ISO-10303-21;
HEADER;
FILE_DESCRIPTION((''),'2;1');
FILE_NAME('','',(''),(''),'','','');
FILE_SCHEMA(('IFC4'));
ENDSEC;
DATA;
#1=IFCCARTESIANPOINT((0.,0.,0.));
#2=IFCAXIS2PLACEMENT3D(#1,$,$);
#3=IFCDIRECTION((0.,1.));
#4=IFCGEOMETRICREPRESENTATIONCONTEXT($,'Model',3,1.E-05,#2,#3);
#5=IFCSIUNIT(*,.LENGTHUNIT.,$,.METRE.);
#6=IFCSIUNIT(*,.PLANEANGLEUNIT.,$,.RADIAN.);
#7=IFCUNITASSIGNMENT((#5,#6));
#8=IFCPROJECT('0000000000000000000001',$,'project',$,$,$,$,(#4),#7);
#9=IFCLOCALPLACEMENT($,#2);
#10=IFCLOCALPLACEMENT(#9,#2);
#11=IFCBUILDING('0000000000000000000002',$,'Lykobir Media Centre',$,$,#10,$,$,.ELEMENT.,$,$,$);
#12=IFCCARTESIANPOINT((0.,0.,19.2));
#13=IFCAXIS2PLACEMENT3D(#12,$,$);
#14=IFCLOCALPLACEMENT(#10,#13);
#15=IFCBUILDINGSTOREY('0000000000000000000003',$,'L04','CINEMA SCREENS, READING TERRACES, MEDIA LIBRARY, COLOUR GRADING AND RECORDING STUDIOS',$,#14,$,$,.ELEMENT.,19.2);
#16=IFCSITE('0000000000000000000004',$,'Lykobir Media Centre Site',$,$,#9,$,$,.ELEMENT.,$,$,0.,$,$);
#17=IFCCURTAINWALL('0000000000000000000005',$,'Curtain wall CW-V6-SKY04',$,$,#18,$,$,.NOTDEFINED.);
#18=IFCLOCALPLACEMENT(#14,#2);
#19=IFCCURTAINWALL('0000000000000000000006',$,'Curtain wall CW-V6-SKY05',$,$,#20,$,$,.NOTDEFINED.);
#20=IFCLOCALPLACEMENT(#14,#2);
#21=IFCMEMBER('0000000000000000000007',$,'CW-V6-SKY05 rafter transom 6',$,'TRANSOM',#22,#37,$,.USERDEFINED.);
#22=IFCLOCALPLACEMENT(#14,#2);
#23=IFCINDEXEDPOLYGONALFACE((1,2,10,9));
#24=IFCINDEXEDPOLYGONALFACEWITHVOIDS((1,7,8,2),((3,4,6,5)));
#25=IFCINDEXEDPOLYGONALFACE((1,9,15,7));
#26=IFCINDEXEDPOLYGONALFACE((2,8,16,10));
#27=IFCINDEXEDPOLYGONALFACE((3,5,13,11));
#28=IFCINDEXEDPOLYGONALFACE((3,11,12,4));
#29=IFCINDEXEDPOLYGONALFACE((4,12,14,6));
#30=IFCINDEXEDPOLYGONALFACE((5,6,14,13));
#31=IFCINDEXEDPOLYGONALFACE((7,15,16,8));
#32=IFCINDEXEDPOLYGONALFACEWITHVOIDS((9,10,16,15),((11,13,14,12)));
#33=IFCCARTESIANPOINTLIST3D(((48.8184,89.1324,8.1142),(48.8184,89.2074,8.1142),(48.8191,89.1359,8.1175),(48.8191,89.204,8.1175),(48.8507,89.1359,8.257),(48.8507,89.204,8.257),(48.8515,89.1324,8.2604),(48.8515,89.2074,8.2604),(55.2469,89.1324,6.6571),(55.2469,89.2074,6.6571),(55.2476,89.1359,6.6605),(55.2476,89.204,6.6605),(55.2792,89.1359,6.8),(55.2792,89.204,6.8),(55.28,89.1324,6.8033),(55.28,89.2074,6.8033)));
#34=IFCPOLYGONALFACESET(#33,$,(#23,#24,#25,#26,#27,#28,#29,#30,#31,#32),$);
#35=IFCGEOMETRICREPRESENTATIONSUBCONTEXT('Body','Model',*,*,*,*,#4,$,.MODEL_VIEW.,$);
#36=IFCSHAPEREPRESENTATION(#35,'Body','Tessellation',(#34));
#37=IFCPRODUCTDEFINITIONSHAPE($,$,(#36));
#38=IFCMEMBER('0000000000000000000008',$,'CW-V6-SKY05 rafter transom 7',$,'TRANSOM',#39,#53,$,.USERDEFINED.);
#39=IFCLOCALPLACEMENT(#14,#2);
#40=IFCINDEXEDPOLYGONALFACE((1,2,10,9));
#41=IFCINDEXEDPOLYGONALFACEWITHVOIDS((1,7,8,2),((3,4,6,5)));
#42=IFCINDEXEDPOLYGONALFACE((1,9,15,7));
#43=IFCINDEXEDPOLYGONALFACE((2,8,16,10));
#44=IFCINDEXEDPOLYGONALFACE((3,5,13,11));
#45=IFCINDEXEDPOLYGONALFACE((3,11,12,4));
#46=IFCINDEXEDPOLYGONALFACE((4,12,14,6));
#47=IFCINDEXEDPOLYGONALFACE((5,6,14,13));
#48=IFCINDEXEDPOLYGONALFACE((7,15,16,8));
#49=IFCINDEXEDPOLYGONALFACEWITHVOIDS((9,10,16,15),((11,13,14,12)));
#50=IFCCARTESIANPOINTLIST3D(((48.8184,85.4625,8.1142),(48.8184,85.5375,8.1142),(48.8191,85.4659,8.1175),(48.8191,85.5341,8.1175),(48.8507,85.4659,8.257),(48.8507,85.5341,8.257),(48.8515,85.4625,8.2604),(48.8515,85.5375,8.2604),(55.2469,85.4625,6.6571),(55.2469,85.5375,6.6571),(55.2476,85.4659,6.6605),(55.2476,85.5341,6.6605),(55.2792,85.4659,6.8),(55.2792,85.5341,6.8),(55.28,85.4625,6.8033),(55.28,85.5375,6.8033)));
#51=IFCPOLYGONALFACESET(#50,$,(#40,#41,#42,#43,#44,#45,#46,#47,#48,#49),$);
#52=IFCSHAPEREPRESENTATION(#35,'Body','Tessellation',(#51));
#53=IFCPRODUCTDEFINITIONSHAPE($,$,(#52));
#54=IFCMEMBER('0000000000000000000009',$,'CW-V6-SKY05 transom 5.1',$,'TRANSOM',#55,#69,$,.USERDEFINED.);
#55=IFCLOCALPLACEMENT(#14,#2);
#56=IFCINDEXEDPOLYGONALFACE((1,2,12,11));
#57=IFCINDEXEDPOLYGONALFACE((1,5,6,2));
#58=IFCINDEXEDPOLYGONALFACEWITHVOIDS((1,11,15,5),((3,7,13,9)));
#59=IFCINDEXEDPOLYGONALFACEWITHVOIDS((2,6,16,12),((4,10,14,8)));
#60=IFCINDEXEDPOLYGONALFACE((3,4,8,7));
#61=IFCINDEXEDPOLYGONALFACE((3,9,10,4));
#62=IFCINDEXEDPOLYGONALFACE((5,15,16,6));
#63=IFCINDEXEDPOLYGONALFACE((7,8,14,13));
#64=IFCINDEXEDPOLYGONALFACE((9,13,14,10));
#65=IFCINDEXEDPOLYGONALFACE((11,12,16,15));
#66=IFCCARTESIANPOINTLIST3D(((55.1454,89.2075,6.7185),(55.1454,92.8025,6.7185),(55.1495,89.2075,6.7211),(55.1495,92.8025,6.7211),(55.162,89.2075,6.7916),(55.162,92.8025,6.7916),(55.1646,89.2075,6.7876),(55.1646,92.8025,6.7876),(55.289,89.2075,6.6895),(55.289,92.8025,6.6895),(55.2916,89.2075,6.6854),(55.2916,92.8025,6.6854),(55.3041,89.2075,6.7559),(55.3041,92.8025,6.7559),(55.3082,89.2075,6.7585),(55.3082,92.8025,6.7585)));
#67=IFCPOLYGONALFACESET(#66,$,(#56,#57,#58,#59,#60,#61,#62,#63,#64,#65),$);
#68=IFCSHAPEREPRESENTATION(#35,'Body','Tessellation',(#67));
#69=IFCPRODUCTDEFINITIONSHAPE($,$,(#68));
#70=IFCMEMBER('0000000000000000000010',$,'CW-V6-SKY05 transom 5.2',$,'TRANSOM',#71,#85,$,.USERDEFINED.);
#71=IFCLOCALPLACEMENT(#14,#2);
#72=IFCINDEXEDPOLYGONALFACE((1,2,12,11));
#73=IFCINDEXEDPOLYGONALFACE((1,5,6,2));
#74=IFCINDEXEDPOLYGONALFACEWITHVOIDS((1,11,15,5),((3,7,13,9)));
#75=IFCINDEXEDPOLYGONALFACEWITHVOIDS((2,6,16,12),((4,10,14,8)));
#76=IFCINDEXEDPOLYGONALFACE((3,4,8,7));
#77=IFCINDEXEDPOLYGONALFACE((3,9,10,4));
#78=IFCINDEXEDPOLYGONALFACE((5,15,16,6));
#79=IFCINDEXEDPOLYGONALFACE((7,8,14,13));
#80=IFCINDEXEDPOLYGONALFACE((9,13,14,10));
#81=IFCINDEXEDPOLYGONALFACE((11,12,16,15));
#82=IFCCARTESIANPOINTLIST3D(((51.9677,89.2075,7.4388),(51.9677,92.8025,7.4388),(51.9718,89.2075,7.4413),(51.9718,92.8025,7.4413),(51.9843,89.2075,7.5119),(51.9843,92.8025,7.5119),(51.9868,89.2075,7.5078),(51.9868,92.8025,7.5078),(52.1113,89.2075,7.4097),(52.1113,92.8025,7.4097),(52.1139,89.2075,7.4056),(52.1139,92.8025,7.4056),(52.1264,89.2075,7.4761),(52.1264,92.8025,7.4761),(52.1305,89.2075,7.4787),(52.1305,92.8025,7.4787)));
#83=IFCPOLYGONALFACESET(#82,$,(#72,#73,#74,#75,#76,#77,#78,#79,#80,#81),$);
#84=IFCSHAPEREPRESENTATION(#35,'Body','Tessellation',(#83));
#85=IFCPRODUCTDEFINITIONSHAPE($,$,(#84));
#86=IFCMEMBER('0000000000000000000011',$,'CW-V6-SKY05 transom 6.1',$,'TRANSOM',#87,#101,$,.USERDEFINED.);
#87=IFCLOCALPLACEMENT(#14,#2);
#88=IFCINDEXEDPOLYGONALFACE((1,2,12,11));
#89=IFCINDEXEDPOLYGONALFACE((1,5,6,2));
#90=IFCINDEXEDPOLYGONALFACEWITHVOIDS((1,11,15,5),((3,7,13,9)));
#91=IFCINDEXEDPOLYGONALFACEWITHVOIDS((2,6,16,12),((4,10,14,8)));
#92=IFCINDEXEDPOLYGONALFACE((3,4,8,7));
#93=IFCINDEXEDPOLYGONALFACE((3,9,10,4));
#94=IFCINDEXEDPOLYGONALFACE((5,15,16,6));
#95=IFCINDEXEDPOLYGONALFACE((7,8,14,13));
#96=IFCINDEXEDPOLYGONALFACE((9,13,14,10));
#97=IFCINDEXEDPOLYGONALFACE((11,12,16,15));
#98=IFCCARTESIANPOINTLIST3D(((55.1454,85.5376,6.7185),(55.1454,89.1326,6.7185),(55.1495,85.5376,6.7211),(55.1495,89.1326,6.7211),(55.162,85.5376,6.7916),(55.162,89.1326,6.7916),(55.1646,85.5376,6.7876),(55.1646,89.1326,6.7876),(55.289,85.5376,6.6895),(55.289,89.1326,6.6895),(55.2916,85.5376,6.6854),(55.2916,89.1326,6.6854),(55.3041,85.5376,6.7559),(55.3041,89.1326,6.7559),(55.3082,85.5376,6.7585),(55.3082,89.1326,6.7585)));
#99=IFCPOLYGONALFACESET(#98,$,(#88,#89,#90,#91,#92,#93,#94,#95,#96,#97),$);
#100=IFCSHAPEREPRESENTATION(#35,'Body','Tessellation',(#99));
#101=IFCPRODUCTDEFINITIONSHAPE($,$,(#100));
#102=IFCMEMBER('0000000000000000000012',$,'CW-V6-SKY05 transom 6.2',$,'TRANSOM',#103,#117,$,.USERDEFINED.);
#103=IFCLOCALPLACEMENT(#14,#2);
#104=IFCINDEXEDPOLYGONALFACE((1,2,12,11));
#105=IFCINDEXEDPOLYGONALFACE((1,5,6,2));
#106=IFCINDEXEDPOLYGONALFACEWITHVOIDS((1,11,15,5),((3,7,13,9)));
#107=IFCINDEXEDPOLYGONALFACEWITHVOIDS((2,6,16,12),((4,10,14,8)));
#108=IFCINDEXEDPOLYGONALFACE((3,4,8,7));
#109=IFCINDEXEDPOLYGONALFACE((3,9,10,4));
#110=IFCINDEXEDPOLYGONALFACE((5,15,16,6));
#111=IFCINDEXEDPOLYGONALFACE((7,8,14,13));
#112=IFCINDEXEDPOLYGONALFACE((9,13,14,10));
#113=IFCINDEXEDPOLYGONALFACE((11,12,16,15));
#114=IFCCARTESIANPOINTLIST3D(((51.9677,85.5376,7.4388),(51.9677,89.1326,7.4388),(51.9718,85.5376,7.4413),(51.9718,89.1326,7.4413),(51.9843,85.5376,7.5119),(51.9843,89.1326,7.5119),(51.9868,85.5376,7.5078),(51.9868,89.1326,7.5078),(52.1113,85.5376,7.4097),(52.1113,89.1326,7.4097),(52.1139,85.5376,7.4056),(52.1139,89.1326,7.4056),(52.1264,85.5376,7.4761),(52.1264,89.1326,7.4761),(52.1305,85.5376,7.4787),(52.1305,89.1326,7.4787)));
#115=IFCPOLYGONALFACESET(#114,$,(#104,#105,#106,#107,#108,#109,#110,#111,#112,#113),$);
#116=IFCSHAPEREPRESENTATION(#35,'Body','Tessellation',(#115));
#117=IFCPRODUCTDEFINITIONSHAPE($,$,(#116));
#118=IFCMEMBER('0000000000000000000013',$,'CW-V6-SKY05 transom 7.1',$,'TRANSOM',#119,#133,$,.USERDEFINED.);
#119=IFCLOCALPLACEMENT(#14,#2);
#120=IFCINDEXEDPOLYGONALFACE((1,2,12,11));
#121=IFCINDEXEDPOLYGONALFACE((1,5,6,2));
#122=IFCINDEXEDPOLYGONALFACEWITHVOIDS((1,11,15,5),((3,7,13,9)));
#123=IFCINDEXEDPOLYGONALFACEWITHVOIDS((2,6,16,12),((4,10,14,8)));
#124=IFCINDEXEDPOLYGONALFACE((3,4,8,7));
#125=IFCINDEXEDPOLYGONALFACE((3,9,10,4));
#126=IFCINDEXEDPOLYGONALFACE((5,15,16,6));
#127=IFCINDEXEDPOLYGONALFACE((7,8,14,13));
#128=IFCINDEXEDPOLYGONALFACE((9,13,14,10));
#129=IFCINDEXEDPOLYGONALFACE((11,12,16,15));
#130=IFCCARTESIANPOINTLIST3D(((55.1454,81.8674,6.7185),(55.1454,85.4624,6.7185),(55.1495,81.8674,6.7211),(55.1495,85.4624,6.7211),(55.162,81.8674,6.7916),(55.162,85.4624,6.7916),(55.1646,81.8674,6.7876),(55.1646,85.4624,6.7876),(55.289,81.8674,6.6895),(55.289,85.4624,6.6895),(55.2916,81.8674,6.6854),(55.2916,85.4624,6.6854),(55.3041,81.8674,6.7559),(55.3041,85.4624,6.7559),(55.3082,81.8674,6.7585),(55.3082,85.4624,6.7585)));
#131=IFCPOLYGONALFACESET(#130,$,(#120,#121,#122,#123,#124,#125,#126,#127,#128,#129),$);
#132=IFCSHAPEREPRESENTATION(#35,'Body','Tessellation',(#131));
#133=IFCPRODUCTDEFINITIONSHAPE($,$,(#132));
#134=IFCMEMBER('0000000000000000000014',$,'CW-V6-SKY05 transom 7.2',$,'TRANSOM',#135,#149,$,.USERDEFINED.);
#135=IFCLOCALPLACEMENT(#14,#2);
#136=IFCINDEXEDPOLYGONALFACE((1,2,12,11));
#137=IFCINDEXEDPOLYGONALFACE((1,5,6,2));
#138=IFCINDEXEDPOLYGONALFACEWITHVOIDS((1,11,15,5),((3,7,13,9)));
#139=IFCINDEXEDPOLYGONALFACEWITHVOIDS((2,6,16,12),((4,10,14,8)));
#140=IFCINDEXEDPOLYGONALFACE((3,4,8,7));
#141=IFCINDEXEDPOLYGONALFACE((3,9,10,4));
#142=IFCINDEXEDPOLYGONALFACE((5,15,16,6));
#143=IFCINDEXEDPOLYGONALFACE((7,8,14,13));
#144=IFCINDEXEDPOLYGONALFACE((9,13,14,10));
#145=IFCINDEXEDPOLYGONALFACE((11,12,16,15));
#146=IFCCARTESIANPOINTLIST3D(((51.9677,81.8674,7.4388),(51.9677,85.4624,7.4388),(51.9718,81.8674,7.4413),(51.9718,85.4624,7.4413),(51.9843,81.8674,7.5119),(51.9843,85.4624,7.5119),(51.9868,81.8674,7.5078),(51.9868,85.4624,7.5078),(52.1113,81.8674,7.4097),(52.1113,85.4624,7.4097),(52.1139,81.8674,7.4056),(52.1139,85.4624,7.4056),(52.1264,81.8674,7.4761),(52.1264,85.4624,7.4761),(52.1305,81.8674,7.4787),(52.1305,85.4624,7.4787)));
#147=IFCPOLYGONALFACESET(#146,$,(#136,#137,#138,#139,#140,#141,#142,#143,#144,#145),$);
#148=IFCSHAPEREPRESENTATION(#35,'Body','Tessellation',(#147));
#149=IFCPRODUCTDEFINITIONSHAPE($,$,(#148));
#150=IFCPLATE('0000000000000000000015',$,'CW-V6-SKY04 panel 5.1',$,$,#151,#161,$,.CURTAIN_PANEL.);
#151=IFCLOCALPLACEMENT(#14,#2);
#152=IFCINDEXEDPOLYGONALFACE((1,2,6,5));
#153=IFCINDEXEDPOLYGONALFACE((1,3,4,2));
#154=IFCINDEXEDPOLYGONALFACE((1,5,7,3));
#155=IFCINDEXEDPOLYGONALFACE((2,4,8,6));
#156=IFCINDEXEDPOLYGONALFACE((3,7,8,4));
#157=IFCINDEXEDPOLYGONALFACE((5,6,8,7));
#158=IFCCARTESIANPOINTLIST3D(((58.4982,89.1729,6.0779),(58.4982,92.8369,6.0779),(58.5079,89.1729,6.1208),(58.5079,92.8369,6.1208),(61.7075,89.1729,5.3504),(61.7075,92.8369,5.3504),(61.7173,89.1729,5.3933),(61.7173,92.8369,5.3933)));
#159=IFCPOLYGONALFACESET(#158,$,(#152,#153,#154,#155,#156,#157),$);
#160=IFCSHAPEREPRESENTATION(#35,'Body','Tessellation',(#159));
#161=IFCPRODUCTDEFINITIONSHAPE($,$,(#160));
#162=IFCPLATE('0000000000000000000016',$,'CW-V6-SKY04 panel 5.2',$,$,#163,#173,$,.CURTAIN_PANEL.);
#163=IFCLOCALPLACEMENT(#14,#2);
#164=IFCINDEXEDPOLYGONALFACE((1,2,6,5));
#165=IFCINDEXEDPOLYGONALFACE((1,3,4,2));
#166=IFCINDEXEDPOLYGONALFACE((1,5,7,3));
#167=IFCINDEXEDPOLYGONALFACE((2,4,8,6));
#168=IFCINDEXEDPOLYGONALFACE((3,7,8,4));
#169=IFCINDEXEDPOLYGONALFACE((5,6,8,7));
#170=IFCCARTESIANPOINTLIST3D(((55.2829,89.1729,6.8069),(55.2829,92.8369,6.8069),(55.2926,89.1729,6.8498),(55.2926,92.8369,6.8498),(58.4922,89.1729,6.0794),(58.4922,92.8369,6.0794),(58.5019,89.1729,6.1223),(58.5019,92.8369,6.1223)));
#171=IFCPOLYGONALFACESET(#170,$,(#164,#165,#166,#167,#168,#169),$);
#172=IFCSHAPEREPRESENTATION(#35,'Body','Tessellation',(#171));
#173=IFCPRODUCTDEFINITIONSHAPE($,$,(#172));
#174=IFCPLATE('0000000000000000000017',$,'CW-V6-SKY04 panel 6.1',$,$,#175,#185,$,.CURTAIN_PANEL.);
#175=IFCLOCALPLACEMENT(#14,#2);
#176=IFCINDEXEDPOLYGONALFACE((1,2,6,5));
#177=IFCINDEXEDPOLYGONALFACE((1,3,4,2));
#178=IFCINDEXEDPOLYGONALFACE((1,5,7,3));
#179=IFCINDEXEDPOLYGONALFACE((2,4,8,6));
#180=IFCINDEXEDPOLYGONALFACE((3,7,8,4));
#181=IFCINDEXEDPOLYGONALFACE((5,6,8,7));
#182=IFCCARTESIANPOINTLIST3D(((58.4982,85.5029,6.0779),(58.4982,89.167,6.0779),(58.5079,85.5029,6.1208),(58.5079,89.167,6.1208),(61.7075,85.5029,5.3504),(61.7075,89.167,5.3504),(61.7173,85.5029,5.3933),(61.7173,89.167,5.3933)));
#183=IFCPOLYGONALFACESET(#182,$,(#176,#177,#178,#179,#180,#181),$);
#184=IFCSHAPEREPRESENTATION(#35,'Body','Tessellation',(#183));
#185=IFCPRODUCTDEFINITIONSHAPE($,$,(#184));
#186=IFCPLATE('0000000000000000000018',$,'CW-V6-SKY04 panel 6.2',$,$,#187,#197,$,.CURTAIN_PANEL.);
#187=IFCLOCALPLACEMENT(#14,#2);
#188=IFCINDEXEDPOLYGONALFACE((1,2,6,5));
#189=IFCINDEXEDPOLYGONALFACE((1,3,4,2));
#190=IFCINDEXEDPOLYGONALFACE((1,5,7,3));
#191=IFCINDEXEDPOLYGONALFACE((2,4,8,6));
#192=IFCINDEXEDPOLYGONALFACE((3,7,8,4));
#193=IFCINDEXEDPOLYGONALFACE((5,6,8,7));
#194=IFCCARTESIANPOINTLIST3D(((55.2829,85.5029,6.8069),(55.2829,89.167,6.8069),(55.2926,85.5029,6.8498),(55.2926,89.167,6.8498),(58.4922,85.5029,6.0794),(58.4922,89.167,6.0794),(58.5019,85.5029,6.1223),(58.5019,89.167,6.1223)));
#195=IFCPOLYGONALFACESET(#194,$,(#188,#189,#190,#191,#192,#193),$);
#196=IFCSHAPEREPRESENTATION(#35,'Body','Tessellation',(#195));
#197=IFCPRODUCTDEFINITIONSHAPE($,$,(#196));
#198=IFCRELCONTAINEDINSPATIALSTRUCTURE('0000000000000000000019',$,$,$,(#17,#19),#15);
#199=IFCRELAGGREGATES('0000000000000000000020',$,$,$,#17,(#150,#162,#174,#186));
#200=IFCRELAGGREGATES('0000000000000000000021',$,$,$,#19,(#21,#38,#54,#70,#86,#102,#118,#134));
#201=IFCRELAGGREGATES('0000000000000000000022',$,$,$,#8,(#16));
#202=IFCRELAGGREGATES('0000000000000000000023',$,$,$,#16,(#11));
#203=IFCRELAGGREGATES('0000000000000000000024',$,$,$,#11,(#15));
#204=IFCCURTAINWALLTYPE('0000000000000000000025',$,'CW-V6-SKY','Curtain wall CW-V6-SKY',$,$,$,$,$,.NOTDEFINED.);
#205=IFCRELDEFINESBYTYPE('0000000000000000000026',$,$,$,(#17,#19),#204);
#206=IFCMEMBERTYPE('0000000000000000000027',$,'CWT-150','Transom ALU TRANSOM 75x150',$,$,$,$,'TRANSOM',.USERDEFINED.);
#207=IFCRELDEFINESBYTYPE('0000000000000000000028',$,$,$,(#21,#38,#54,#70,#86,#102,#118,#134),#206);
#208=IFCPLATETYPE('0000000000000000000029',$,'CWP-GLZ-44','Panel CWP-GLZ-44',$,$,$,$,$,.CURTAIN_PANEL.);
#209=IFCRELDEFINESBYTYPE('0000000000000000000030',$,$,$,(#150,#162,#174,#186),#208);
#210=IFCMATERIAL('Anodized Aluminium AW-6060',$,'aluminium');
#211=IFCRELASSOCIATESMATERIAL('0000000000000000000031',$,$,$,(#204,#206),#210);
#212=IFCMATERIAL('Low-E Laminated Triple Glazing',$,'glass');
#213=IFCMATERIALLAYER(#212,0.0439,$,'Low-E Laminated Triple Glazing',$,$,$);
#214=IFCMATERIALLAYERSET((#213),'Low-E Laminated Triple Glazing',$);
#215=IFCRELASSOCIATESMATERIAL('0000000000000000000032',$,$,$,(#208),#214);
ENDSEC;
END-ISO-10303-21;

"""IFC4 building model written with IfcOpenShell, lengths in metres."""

from ifc_helpers import new_model, si_unit, direction, frame, origin, origin_2d, place, context, subcontext, project, spatial, rectangle, hollow_rectangle, extrude, material, layer, layer_set, material_profile, profile_set, type_object, element, aggregate, save


model = new_model("IFC4")

# Units and contexts
model_context = context("Model", 3, precision=1e-05, world=origin(), true_north=direction((0.0, 1.0)))
body_context = subcontext(model_context, "Body", "Model", "MODEL_VIEW")
ifc_project = project(units=[si_unit("LENGTHUNIT", "METRE"), si_unit("PLANEANGLEUNIT", "RADIAN")], contexts=[model_context])

# Site, building, storey
site_placement = place(None, origin())
site = spatial("IfcSite", under=ifc_project, at=site_placement, Name="Lykobir Media Centre Site", CompositionType="ELEMENT", RefElevation=0.0)
building_placement = place(site_placement, origin())
building = spatial("IfcBuilding", under=site, at=building_placement, Name="Lykobir Media Centre", CompositionType="ELEMENT")
storey_placement = place(building_placement, frame((0.0, 0.0, 19.2)))
storey = spatial("IfcBuildingStorey", under=building, at=storey_placement, Name="L04", Description="CINEMA SCREENS, READING TERRACES, MEDIA LIBRARY, COLOUR GRADING AND RECORDING STUDIOS", CompositionType="ELEMENT", Elevation=19.2)

# Curtain walls, members
ifc_material_1 = material(Name="Anodized Aluminium AW-6060", Category="aluminium")
curtain_wall_type = type_object("IfcCurtainWallType", Name="CW-V6-SKY", Description="Curtain wall CW-V6-SKY", PredefinedType="NOTDEFINED", material=ifc_material_1)
ifc_material_profile_1 = material_profile(ifc_material_1, hollow_rectangle(XDim=0.075, YDim=0.1499, WallThickness=0.0034, at=origin_2d()), Name="ALU TRANSOM 75x150")
ifc_profile_set_1 = profile_set([ifc_material_profile_1], Name="Anodized Aluminium AW-6060")
member_type_1 = type_object("IfcMemberType", Name="CWT-150", Description="Transom ALU TRANSOM 75x150", ElementType="TRANSOM", PredefinedType="USERDEFINED", material=ifc_profile_set_1)
curtain_wall_1_placement = place(storey_placement, origin())
curtain_wall_1 = element("IfcCurtainWall", 1, at=curtain_wall_1_placement, inside=storey, type_object=curtain_wall_type, Name="Curtain wall CW-V6-SKY04", PredefinedType="NOTDEFINED")
curtain_wall_2_placement = place(storey_placement, origin())
curtain_wall_2 = element("IfcCurtainWall", 2, at=curtain_wall_2_placement, inside=storey, type_object=curtain_wall_type, Name="Curtain wall CW-V6-SKY05", PredefinedType="NOTDEFINED")
member_1_placement = place(storey_placement, frame((55.2634, 89.1699, 6.7302), z_axis=(-0.975263, 0.0, 0.221046), x_axis=(0.0, -1.0, 0.0)))
member_1 = element("IfcMember", 3, at=member_1_placement, type_object=member_type_1, Name="CW-V6-SKY05 rafter transom 6", ObjectType="TRANSOM", PredefinedType="USERDEFINED", context=body_context, shape_type="SweptSolid", body=[
    extrude(hollow_rectangle(XDim=0.075, YDim=0.1499, WallThickness=0.0034, at=origin_2d()), origin(), (0.0, 0.0, 1.0), 6.5916),
])
member_2_placement = place(storey_placement, frame((55.2634, 85.5, 6.7302), z_axis=(-0.975263, 0.0, 0.221046), x_axis=(0.0, -1.0, 0.0)))
member_2 = element("IfcMember", 4, at=member_2_placement, type_object=member_type_1, Name="CW-V6-SKY05 rafter transom 7", ObjectType="TRANSOM", PredefinedType="USERDEFINED", context=body_context, shape_type="SweptSolid", body=[
    extrude(hollow_rectangle(XDim=0.075, YDim=0.1499, WallThickness=0.0034, at=origin_2d()), origin(), (0.0, 0.0, 1.0), 6.5916),
])
member_3_placement = place(storey_placement, frame((55.2268, 92.8025, 6.7385), z_axis=(0.0, -1.0, 0.0), x_axis=(0.221055, 0.0, 0.975261)))
member_3 = element("IfcMember", 5, at=member_3_placement, type_object=member_type_1, Name="CW-V6-SKY05 transom 5.1", ObjectType="TRANSOM", PredefinedType="USERDEFINED", context=body_context, shape_type="SweptSolid", body=[
    extrude(hollow_rectangle(XDim=0.075, YDim=0.1499, WallThickness=0.0034, at=origin_2d()), origin(), (0.0, 0.0, 1.0), 3.595),
])
member_4_placement = place(storey_placement, frame((52.0491, 92.8025, 7.4587), z_axis=(0.0, -1.0, 0.0), x_axis=(0.221055, 0.0, 0.975261)))
member_4 = element("IfcMember", 6, at=member_4_placement, type_object=member_type_1, Name="CW-V6-SKY05 transom 5.2", ObjectType="TRANSOM", PredefinedType="USERDEFINED", context=body_context, shape_type="SweptSolid", body=[
    extrude(hollow_rectangle(XDim=0.075, YDim=0.1499, WallThickness=0.0034, at=origin_2d()), origin(), (0.0, 0.0, 1.0), 3.595),
])
member_5_placement = place(storey_placement, frame((55.2268, 89.1326, 6.7385), z_axis=(0.0, -1.0, 0.0), x_axis=(0.221055, 0.0, 0.975261)))
member_5 = element("IfcMember", 7, at=member_5_placement, type_object=member_type_1, Name="CW-V6-SKY05 transom 6.1", ObjectType="TRANSOM", PredefinedType="USERDEFINED", context=body_context, shape_type="SweptSolid", body=[
    extrude(hollow_rectangle(XDim=0.075, YDim=0.1499, WallThickness=0.0034, at=origin_2d()), origin(), (0.0, 0.0, 1.0), 3.595),
])
member_6_placement = place(storey_placement, frame((52.0491, 89.1326, 7.4587), z_axis=(0.0, -1.0, 0.0), x_axis=(0.221055, 0.0, 0.975261)))
member_6 = element("IfcMember", 8, at=member_6_placement, type_object=member_type_1, Name="CW-V6-SKY05 transom 6.2", ObjectType="TRANSOM", PredefinedType="USERDEFINED", context=body_context, shape_type="SweptSolid", body=[
    extrude(hollow_rectangle(XDim=0.075, YDim=0.1499, WallThickness=0.0034, at=origin_2d()), origin(), (0.0, 0.0, 1.0), 3.595),
])
member_7_placement = place(storey_placement, frame((55.2268, 85.4624, 6.7385), z_axis=(0.0, -1.0, 0.0), x_axis=(0.221055, 0.0, 0.975261)))
member_7 = element("IfcMember", 9, at=member_7_placement, type_object=member_type_1, Name="CW-V6-SKY05 transom 7.1", ObjectType="TRANSOM", PredefinedType="USERDEFINED", context=body_context, shape_type="SweptSolid", body=[
    extrude(hollow_rectangle(XDim=0.075, YDim=0.1499, WallThickness=0.0034, at=origin_2d()), origin(), (0.0, 0.0, 1.0), 3.595),
])
member_8_placement = place(storey_placement, frame((52.0491, 85.4624, 7.4587), z_axis=(0.0, -1.0, 0.0), x_axis=(0.221055, 0.0, 0.975261)))
member_8 = element("IfcMember", 10, at=member_8_placement, type_object=member_type_1, Name="CW-V6-SKY05 transom 7.2", ObjectType="TRANSOM", PredefinedType="USERDEFINED", context=body_context, shape_type="SweptSolid", body=[
    extrude(hollow_rectangle(XDim=0.075, YDim=0.1499, WallThickness=0.0034, at=origin_2d()), origin(), (0.0, 0.0, 1.0), 3.595),
])

# Plates
ifc_material_2 = material(Name="Low-E Laminated Triple Glazing", Category="glass")
ifc_layer_1 = layer(ifc_material_2, 0.0439, Name="Low-E Laminated Triple Glazing")
ifc_layer_set_1 = layer_set([ifc_layer_1], Name="Low-E Laminated Triple Glazing")
plate_type_1 = type_object("IfcPlateType", Name="CWP-GLZ-44", Description="Panel CWP-GLZ-44", PredefinedType="CURTAIN_PANEL", material=ifc_layer_set_1)
plate_1_placement = place(storey_placement, frame((61.7124, 91.0049, 5.3718), z_axis=(-0.975258, 0.0, 0.221072), x_axis=(0.0, -1.0, 0.0)))
plate_1 = element("IfcPlate", 11, at=plate_1_placement, type_object=plate_type_1, Name="CW-V6-SKY04 panel 5.1", PredefinedType="CURTAIN_PANEL", context=body_context, shape_type="SweptSolid", body=[
    extrude(rectangle(XDim=3.6641, YDim=0.0439, at=origin_2d()), origin(), (0.0, 0.0, 1.0), 3.2908),
])
plate_2_placement = place(storey_placement, frame((58.4971, 91.0049, 6.1008), z_axis=(-0.975258, 0.0, 0.221072), x_axis=(0.0, -1.0, 0.0)))
plate_2 = element("IfcPlate", 12, at=plate_2_placement, type_object=plate_type_1, Name="CW-V6-SKY04 panel 5.2", PredefinedType="CURTAIN_PANEL", context=body_context, shape_type="SweptSolid", body=[
    extrude(rectangle(XDim=3.6641, YDim=0.0439, at=origin_2d()), origin(), (0.0, 0.0, 1.0), 3.2908),
])
plate_3_placement = place(storey_placement, frame((61.7124, 87.335, 5.3718), z_axis=(-0.975258, 0.0, 0.221072), x_axis=(0.0, -1.0, 0.0)))
plate_3 = element("IfcPlate", 13, at=plate_3_placement, type_object=plate_type_1, Name="CW-V6-SKY04 panel 6.1", PredefinedType="CURTAIN_PANEL", context=body_context, shape_type="SweptSolid", body=[
    extrude(rectangle(XDim=3.6641, YDim=0.0439, at=origin_2d()), origin(), (0.0, 0.0, 1.0), 3.2908),
])
plate_4_placement = place(storey_placement, frame((58.4971, 87.335, 6.1008), z_axis=(-0.975258, 0.0, 0.221072), x_axis=(0.0, -1.0, 0.0)))
plate_4 = element("IfcPlate", 14, at=plate_4_placement, type_object=plate_type_1, Name="CW-V6-SKY04 panel 6.2", PredefinedType="CURTAIN_PANEL", context=body_context, shape_type="SweptSolid", body=[
    extrude(rectangle(XDim=3.6641, YDim=0.0439, at=origin_2d()), origin(), (0.0, 0.0, 1.0), 3.2908),
])
aggregate(curtain_wall_1, [plate_1, plate_2, plate_3, plate_4])
aggregate(curtain_wall_2, [member_1, member_2, member_3, member_4, member_5, member_6, member_7, member_8])

save(model, "model.ifc")
